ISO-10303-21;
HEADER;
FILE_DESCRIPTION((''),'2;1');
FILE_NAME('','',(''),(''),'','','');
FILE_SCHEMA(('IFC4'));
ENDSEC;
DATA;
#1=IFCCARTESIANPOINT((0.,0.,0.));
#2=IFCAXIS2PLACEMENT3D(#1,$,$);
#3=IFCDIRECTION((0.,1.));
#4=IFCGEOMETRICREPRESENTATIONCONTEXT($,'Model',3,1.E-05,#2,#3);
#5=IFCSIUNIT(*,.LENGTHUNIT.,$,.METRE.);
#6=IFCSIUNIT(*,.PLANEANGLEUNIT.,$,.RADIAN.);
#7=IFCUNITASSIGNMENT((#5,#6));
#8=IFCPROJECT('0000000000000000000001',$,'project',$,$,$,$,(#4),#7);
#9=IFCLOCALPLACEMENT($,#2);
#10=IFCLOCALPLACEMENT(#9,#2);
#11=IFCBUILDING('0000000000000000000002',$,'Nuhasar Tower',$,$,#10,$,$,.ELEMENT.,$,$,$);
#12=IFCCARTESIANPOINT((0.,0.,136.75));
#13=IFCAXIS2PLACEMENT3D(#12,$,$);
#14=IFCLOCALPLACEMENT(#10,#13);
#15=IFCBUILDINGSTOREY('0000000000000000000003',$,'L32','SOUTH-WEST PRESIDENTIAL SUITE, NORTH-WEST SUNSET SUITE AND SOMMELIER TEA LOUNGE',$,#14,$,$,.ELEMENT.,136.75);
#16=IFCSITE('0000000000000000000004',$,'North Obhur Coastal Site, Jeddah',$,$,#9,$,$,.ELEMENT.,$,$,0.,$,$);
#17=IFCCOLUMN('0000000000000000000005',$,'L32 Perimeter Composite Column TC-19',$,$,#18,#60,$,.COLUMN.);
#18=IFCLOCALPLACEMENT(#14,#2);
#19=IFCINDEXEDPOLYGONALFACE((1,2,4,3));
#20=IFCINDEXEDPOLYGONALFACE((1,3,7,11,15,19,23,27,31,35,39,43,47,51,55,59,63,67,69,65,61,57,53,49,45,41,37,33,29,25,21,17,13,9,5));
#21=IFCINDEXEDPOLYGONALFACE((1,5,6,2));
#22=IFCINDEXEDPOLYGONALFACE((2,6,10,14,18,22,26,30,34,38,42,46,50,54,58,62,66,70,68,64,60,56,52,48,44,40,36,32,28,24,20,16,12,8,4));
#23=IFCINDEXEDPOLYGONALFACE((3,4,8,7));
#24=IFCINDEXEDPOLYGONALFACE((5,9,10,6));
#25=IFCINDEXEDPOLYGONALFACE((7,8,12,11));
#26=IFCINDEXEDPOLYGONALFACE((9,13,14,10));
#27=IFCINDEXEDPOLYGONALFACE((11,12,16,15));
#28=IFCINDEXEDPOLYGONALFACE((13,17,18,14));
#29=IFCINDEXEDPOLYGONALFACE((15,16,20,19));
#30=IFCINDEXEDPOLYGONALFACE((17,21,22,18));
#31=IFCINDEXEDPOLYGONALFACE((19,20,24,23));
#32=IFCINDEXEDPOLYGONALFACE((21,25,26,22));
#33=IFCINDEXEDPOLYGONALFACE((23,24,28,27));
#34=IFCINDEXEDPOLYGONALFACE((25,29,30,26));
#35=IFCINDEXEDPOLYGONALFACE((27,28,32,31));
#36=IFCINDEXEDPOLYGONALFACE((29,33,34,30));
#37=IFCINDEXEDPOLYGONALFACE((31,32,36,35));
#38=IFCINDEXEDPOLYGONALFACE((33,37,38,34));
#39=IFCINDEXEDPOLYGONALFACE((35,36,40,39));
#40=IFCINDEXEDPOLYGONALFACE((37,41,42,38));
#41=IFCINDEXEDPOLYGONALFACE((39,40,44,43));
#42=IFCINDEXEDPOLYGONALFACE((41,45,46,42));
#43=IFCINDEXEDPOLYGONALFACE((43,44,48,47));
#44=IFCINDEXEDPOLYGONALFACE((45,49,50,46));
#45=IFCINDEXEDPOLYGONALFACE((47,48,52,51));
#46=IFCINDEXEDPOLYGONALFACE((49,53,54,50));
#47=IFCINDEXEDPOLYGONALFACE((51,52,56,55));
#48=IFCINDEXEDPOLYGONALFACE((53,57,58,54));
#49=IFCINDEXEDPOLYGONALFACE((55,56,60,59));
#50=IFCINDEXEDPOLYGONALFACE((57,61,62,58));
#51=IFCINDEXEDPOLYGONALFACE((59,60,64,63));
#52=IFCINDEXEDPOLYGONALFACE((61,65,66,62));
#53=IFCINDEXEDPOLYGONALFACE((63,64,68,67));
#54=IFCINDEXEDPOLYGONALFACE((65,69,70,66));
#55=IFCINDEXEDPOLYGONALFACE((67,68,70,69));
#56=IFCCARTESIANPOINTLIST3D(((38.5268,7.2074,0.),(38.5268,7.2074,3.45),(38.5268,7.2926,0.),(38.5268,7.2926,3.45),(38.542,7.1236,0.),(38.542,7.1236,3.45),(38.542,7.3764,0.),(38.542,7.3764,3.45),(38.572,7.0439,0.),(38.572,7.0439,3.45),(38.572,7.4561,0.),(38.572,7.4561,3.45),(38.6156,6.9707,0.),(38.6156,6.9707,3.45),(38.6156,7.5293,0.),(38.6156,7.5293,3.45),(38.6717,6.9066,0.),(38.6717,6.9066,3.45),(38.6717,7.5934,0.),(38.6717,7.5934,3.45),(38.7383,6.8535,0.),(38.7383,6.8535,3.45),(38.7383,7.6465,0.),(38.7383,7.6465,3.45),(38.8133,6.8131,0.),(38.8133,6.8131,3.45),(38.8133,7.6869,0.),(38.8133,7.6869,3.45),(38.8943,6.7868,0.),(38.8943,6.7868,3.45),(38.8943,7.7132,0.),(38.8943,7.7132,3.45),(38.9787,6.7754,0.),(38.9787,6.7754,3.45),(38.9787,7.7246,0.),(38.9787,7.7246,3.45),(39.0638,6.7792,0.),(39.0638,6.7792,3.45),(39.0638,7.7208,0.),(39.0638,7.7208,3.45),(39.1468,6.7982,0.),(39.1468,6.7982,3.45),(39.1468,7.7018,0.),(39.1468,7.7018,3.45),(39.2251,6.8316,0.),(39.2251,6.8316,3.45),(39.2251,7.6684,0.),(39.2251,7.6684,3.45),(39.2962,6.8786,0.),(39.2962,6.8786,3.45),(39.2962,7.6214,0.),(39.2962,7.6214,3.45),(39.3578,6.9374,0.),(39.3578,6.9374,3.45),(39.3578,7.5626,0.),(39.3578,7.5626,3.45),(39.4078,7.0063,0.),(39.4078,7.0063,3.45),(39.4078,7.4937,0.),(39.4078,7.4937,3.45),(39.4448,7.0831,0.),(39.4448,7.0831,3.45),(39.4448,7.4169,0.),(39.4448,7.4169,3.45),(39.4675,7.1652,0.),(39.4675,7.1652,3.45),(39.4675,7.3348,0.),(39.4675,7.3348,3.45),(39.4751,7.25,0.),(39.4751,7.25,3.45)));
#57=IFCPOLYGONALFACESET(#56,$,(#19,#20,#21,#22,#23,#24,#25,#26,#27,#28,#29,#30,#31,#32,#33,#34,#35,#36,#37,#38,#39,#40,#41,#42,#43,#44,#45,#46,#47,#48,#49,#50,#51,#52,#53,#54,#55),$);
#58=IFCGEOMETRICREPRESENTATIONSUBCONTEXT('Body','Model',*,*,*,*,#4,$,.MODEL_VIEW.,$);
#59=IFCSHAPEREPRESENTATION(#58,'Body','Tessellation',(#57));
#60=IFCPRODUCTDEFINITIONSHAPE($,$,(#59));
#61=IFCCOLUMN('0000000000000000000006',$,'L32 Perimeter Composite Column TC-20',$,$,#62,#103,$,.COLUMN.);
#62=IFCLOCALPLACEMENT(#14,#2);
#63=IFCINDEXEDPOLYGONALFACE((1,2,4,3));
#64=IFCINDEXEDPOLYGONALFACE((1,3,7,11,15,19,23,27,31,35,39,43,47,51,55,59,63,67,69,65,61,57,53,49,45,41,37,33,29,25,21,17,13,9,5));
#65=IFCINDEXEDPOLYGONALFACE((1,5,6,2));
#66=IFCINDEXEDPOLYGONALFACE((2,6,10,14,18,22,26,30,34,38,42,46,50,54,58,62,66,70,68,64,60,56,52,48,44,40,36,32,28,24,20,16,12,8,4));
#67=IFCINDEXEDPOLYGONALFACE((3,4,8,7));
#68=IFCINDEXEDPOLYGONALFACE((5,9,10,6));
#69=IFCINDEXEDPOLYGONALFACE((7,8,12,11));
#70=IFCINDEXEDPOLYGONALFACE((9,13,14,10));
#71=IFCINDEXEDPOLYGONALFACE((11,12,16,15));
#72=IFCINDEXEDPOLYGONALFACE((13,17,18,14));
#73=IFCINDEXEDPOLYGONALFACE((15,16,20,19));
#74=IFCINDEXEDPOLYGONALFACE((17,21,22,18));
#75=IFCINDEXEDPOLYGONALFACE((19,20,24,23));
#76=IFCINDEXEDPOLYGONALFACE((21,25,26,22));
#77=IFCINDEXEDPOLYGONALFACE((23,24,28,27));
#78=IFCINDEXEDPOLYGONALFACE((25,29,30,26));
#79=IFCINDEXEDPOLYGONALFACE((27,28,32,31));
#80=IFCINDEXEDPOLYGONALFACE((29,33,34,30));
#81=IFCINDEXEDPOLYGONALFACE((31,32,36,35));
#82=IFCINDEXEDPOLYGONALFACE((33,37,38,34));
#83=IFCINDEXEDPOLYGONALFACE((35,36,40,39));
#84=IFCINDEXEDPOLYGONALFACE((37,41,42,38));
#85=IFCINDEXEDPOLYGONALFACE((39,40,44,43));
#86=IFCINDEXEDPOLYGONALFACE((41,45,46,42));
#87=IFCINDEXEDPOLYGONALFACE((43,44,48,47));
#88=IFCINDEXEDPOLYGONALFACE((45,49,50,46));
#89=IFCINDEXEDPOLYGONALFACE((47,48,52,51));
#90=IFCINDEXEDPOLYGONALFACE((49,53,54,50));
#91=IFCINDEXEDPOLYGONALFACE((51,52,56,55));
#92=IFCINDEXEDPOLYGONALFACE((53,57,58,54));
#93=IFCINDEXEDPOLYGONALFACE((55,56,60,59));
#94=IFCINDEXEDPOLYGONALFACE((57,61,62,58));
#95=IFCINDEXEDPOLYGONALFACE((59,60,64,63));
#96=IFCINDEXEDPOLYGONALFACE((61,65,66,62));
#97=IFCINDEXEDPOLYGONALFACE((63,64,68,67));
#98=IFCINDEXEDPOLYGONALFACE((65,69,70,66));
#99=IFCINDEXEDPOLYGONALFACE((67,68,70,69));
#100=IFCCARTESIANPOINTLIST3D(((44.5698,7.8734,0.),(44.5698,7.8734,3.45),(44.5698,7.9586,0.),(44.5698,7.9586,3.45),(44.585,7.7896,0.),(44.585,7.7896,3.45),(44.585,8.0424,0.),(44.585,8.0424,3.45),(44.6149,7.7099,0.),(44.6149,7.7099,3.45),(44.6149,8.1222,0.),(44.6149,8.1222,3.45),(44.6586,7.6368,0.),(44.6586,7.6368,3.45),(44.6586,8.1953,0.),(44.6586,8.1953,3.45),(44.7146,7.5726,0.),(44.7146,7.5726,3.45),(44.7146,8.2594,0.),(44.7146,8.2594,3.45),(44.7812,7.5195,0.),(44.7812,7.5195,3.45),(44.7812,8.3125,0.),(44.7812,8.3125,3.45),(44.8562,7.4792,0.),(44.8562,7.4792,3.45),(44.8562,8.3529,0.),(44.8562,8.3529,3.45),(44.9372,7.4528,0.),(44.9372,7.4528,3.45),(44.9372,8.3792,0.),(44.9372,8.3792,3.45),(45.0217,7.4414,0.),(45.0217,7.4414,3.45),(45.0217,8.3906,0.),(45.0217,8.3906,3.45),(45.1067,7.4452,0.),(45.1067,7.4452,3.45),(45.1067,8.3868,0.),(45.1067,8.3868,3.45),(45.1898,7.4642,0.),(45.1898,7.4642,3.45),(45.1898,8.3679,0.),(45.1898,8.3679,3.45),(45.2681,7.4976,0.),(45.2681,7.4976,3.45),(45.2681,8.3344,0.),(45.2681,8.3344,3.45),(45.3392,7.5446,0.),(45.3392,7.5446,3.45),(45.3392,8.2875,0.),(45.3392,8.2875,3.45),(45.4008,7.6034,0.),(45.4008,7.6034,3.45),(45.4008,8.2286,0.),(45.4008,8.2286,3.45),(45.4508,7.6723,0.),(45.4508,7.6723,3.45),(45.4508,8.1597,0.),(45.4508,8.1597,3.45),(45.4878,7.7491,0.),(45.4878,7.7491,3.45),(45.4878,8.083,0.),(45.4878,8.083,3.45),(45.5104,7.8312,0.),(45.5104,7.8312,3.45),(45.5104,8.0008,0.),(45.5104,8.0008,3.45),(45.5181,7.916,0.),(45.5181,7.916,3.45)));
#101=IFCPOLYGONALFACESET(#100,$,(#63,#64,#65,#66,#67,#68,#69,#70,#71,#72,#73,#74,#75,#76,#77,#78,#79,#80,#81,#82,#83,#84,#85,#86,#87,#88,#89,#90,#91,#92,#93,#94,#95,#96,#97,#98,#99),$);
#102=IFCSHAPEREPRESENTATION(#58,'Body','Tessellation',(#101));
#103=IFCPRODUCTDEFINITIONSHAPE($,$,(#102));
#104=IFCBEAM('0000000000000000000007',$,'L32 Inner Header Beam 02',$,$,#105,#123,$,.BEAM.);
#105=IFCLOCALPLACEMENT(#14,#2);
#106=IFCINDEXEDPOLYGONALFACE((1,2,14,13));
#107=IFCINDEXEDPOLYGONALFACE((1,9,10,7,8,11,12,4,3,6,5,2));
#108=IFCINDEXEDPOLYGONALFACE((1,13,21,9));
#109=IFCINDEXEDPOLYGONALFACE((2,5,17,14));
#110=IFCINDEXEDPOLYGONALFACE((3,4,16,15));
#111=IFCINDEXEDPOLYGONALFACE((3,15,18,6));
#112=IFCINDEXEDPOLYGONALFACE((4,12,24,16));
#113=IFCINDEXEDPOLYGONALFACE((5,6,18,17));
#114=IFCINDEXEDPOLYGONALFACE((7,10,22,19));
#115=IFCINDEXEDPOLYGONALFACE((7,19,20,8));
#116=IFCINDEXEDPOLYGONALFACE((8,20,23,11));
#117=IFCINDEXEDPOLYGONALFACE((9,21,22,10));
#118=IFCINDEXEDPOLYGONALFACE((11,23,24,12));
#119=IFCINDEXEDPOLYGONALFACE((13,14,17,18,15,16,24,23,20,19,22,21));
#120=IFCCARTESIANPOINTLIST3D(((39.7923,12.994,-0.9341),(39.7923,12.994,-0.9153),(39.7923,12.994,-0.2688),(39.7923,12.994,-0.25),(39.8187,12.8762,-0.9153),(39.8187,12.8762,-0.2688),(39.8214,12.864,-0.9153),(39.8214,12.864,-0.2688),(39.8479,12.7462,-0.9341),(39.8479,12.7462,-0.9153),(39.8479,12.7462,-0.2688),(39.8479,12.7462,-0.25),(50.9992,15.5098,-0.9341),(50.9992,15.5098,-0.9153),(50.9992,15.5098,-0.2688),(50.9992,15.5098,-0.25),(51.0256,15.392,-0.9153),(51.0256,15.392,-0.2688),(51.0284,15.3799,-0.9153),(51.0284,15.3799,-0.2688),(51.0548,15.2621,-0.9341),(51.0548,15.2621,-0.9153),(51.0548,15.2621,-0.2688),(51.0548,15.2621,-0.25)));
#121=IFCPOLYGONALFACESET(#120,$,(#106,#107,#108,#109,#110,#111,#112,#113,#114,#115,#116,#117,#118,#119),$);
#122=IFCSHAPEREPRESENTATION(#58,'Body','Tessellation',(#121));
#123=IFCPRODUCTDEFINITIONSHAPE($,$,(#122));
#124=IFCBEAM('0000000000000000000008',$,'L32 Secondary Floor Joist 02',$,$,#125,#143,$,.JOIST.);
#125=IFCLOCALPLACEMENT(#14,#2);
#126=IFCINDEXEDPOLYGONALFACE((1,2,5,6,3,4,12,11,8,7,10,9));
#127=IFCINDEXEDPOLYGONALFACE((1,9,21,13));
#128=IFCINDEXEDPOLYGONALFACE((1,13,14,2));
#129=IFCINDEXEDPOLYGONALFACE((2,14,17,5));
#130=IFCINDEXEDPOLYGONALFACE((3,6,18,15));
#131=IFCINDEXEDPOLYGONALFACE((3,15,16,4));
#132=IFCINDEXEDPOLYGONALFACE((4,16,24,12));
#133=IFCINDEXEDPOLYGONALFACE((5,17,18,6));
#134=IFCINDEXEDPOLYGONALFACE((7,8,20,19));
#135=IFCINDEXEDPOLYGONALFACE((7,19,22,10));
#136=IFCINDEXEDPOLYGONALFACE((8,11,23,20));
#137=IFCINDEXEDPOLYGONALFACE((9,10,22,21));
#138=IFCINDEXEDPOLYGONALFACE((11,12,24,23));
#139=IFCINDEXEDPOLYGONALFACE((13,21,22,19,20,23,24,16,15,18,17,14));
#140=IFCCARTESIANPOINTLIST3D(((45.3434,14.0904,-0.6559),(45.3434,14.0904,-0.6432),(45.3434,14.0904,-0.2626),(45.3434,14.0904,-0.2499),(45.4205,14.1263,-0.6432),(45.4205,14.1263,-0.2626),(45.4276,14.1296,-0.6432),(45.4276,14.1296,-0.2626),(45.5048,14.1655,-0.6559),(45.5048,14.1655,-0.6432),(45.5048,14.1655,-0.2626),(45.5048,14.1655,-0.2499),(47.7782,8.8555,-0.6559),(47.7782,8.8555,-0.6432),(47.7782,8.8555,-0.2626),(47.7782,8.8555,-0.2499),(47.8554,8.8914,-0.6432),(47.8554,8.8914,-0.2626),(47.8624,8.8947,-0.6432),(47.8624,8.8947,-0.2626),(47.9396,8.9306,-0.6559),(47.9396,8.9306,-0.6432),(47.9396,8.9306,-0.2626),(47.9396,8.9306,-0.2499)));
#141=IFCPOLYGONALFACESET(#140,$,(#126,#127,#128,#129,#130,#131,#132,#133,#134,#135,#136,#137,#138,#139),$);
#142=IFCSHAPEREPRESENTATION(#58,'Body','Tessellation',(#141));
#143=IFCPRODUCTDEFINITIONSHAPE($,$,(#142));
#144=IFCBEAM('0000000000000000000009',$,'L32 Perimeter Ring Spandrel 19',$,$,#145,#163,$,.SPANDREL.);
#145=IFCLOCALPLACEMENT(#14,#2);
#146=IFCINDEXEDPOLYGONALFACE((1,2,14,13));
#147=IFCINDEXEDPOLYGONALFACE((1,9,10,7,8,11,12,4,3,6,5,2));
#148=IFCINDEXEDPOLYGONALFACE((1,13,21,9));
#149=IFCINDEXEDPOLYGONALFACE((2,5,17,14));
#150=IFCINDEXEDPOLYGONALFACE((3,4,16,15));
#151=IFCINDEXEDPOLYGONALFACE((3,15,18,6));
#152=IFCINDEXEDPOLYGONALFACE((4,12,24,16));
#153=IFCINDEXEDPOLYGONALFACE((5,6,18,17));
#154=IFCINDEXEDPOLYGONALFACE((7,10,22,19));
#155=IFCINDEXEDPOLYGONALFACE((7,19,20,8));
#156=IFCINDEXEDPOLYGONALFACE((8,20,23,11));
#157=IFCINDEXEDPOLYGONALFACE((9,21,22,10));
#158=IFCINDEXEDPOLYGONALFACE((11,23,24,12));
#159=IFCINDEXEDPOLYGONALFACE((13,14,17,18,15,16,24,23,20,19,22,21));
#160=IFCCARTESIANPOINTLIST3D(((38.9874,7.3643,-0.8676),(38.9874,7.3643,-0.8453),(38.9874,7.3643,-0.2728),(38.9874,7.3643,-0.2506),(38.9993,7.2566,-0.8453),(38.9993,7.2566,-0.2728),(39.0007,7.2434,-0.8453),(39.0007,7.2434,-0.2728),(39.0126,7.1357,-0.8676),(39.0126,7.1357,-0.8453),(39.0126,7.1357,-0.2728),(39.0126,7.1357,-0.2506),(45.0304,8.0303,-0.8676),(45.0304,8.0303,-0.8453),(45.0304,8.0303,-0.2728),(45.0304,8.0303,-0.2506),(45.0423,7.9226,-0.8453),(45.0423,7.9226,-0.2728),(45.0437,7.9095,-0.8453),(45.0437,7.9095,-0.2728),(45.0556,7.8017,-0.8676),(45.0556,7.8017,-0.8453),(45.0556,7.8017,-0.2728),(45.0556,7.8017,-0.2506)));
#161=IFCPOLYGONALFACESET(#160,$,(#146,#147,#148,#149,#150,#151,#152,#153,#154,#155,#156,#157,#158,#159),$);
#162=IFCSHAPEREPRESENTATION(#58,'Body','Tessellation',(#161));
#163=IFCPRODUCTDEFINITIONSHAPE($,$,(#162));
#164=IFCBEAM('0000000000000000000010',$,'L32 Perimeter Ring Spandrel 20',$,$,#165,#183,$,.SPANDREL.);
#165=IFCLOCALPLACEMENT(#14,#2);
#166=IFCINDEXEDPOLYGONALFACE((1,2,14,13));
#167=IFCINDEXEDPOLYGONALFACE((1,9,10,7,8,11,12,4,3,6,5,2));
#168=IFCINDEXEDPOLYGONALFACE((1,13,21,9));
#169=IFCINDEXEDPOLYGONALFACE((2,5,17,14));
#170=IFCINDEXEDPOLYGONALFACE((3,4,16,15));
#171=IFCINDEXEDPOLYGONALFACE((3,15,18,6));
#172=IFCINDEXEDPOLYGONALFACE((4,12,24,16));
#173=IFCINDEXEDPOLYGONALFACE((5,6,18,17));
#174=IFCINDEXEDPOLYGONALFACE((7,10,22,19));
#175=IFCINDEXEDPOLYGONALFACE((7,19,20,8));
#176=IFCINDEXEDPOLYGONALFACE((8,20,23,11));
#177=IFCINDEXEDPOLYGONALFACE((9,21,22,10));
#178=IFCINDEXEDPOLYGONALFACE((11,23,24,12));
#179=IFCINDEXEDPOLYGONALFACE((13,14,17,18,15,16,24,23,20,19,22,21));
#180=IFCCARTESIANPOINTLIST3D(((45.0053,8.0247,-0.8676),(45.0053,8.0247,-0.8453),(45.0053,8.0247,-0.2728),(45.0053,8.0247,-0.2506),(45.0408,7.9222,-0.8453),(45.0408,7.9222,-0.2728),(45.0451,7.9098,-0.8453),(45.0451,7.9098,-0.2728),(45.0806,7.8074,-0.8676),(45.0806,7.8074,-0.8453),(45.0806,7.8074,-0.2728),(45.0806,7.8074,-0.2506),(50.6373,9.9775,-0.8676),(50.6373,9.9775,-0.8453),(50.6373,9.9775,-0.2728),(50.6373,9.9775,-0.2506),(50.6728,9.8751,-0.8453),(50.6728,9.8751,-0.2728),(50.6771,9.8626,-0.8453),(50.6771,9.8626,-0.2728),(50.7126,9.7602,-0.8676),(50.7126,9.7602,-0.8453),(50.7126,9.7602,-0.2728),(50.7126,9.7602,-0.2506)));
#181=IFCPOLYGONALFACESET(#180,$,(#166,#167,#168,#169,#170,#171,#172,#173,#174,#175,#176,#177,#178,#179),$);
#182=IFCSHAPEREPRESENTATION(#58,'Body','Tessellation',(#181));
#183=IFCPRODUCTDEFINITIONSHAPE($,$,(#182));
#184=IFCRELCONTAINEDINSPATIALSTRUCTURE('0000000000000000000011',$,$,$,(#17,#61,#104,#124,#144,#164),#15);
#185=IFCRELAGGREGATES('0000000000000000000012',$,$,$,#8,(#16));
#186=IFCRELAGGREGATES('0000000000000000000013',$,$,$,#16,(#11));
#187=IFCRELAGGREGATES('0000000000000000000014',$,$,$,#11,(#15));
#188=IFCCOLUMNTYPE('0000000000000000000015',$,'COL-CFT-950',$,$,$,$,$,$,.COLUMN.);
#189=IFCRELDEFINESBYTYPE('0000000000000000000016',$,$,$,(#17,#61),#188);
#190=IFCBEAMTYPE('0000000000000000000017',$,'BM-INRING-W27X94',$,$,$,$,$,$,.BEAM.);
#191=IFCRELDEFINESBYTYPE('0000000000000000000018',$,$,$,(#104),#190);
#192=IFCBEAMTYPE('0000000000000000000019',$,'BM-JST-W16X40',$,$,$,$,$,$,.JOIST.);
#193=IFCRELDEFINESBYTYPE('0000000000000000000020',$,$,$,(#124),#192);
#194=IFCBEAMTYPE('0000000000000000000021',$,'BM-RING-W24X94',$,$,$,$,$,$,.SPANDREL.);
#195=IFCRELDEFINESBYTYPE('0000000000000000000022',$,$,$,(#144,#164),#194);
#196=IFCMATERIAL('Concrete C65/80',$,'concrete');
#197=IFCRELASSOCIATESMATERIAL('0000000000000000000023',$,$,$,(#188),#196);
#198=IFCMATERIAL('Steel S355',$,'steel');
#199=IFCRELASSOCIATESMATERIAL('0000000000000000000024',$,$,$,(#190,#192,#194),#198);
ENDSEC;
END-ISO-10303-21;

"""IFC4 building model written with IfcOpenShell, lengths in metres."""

from ifc_helpers import new_model, si_unit, direction, frame, origin, origin_2d, place, context, subcontext, project, spatial, circle, i_section, extrude, material, material_profile, profile_set, type_object, element, save


model = new_model("IFC4")

# Units and contexts
model_context = context("Model", 3, precision=1e-05, world=origin(), true_north=direction((0.0, 1.0)))
body_context = subcontext(model_context, "Body", "Model", "MODEL_VIEW")
ifc_project = project(units=[si_unit("LENGTHUNIT", "METRE"), si_unit("PLANEANGLEUNIT", "RADIAN")], contexts=[model_context])

# Site, building, storey
site_placement = place(None, origin())
site = spatial("IfcSite", under=ifc_project, at=site_placement, Name="North Obhur Coastal Site, Jeddah", CompositionType="ELEMENT", RefElevation=0.0)
building_placement = place(site_placement, origin())
building = spatial("IfcBuilding", under=site, at=building_placement, Name="Nuhasar Tower", CompositionType="ELEMENT")
storey_placement = place(building_placement, frame((0.0, 0.0, 136.75)))
storey = spatial("IfcBuildingStorey", under=building, at=storey_placement, Name="L32", Description="SOUTH-WEST PRESIDENTIAL SUITE, NORTH-WEST SUNSET SUITE AND SOMMELIER TEA LOUNGE", CompositionType="ELEMENT", Elevation=136.75)

# Columns
ifc_material_1 = material(Name="Concrete C65/80", Category="concrete")
ifc_material_profile_1 = material_profile(ifc_material_1, circle(Radius=0.4751, at=origin_2d()), Name="CFT950")
ifc_profile_set_1 = profile_set([ifc_material_profile_1], Name="Concrete C65/80")
column_type = type_object("IfcColumnType", Name="COL-CFT-950", PredefinedType="COLUMN", material=ifc_profile_set_1)
for number, where, z_axis, x_axis, name in (
    (1, (39.0, 7.25, 0.0), (0.0, 0.0, 1.0), (1.0, 0.0, 0.0), "L32 Perimeter Composite Column TC-19"),
    (2, (45.043, 7.916, 0.0), (0.0, 0.0, 1.0), (1.0, 0.0, 0.0), "L32 Perimeter Composite Column TC-20"),
):
    element("IfcColumn", number, at=place(storey_placement, frame(where, z_axis=z_axis, x_axis=x_axis)), inside=storey, type_object=column_type, Name=name, PredefinedType="COLUMN", context=body_context, shape_type="SweptSolid", body=[
        extrude(circle(Radius=0.4751, at=origin_2d()), origin(), (0.0, 0.0, 1.0), 3.45),
    ])

# Beams
ifc_material_2 = material(Name="Steel S355", Category="steel")
ifc_material_profile_2 = material_profile(ifc_material_2, i_section(OverallWidth=0.2539, OverallDepth=0.6841, WebThickness=0.0125, FlangeThickness=0.0188, at=origin_2d()), Name="W27X94")
ifc_profile_set_2 = profile_set([ifc_material_profile_2], Name="Steel S355")
beam_type_1 = type_object("IfcBeamType", Name="BM-INRING-W27X94", PredefinedType="BEAM", material=ifc_profile_set_2)
beam_1_placement = place(storey_placement, frame((39.8201, 12.8701, -0.592), z_axis=(0.975716, 0.219039, 0.0), x_axis=(-0.219039, 0.975716, 0.0)))
element("IfcBeam", 3, at=beam_1_placement, inside=storey, type_object=beam_type_1, Name="L32 Inner Header Beam 02", PredefinedType="BEAM", context=body_context, shape_type="SweptSolid", body=[
    extrude(i_section(OverallWidth=0.2539, OverallDepth=0.6841, WebThickness=0.0125, FlangeThickness=0.0188, at=origin_2d()), origin(), (0.0, 0.0, 1.0), 11.4858),
])
ifc_material_profile_3 = material_profile(ifc_material_2, i_section(OverallWidth=0.178, OverallDepth=0.406, WebThickness=0.0078, FlangeThickness=0.0127, at=origin_2d()), Name="W16X40")
ifc_profile_set_3 = profile_set([ifc_material_profile_3], Name="Steel S355")
beam_type_2 = type_object("IfcBeamType", Name="BM-JST-W16X40", PredefinedType="JOIST", material=ifc_profile_set_3)
beam_2_placement = place(storey_placement, frame((45.4241, 14.1279, -0.4529), z_axis=(0.42173, -0.906721, 0.0), x_axis=(0.906721, 0.42173, 0.0)))
element("IfcBeam", 4, at=beam_2_placement, inside=storey, type_object=beam_type_2, Name="L32 Secondary Floor Joist 02", PredefinedType="JOIST", context=body_context, shape_type="SweptSolid", body=[
    extrude(i_section(OverallWidth=0.178, OverallDepth=0.406, WebThickness=0.0078, FlangeThickness=0.0127, at=origin_2d()), origin(), (0.0, 0.0, 1.0), 5.7734),
])
ifc_material_profile_4 = material_profile(ifc_material_2, i_section(OverallWidth=0.23, OverallDepth=0.6169, WebThickness=0.0132, FlangeThickness=0.0222, at=origin_2d()), Name="W24X94")
ifc_profile_set_4 = profile_set([ifc_material_profile_4], Name="Steel S355")
beam_type_3 = type_object("IfcBeamType", Name="BM-RING-W24X94", PredefinedType="SPANDREL", material=ifc_profile_set_4)
beam_3_placement = place(storey_placement, frame((39.0, 7.25, -0.5591), z_axis=(0.993981, 0.10955, 0.0), x_axis=(-0.10955, 0.993981, 0.0)))
element("IfcBeam", 5, at=beam_3_placement, inside=storey, type_object=beam_type_3, Name="L32 Perimeter Ring Spandrel 19", PredefinedType="SPANDREL", context=body_context, shape_type="SweptSolid", body=[
    extrude(i_section(OverallWidth=0.23, OverallDepth=0.6169, WebThickness=0.0132, FlangeThickness=0.0222, at=origin_2d()), origin(), (0.0, 0.0, 1.0), 6.0796),
])
beam_4_placement = place(storey_placement, frame((45.043, 7.916, -0.5591), z_axis=(0.944814, 0.327607, 0.0), x_axis=(-0.327607, 0.944814, 0.0)))
element("IfcBeam", 6, at=beam_4_placement, inside=storey, type_object=beam_type_3, Name="L32 Perimeter Ring Spandrel 20", PredefinedType="SPANDREL", context=body_context, shape_type="SweptSolid", body=[
    extrude(i_section(OverallWidth=0.23, OverallDepth=0.6169, WebThickness=0.0132, FlangeThickness=0.0222, at=origin_2d()), origin(), (0.0, 0.0, 1.0), 5.9609),
])

save(model, "model.ifc")
